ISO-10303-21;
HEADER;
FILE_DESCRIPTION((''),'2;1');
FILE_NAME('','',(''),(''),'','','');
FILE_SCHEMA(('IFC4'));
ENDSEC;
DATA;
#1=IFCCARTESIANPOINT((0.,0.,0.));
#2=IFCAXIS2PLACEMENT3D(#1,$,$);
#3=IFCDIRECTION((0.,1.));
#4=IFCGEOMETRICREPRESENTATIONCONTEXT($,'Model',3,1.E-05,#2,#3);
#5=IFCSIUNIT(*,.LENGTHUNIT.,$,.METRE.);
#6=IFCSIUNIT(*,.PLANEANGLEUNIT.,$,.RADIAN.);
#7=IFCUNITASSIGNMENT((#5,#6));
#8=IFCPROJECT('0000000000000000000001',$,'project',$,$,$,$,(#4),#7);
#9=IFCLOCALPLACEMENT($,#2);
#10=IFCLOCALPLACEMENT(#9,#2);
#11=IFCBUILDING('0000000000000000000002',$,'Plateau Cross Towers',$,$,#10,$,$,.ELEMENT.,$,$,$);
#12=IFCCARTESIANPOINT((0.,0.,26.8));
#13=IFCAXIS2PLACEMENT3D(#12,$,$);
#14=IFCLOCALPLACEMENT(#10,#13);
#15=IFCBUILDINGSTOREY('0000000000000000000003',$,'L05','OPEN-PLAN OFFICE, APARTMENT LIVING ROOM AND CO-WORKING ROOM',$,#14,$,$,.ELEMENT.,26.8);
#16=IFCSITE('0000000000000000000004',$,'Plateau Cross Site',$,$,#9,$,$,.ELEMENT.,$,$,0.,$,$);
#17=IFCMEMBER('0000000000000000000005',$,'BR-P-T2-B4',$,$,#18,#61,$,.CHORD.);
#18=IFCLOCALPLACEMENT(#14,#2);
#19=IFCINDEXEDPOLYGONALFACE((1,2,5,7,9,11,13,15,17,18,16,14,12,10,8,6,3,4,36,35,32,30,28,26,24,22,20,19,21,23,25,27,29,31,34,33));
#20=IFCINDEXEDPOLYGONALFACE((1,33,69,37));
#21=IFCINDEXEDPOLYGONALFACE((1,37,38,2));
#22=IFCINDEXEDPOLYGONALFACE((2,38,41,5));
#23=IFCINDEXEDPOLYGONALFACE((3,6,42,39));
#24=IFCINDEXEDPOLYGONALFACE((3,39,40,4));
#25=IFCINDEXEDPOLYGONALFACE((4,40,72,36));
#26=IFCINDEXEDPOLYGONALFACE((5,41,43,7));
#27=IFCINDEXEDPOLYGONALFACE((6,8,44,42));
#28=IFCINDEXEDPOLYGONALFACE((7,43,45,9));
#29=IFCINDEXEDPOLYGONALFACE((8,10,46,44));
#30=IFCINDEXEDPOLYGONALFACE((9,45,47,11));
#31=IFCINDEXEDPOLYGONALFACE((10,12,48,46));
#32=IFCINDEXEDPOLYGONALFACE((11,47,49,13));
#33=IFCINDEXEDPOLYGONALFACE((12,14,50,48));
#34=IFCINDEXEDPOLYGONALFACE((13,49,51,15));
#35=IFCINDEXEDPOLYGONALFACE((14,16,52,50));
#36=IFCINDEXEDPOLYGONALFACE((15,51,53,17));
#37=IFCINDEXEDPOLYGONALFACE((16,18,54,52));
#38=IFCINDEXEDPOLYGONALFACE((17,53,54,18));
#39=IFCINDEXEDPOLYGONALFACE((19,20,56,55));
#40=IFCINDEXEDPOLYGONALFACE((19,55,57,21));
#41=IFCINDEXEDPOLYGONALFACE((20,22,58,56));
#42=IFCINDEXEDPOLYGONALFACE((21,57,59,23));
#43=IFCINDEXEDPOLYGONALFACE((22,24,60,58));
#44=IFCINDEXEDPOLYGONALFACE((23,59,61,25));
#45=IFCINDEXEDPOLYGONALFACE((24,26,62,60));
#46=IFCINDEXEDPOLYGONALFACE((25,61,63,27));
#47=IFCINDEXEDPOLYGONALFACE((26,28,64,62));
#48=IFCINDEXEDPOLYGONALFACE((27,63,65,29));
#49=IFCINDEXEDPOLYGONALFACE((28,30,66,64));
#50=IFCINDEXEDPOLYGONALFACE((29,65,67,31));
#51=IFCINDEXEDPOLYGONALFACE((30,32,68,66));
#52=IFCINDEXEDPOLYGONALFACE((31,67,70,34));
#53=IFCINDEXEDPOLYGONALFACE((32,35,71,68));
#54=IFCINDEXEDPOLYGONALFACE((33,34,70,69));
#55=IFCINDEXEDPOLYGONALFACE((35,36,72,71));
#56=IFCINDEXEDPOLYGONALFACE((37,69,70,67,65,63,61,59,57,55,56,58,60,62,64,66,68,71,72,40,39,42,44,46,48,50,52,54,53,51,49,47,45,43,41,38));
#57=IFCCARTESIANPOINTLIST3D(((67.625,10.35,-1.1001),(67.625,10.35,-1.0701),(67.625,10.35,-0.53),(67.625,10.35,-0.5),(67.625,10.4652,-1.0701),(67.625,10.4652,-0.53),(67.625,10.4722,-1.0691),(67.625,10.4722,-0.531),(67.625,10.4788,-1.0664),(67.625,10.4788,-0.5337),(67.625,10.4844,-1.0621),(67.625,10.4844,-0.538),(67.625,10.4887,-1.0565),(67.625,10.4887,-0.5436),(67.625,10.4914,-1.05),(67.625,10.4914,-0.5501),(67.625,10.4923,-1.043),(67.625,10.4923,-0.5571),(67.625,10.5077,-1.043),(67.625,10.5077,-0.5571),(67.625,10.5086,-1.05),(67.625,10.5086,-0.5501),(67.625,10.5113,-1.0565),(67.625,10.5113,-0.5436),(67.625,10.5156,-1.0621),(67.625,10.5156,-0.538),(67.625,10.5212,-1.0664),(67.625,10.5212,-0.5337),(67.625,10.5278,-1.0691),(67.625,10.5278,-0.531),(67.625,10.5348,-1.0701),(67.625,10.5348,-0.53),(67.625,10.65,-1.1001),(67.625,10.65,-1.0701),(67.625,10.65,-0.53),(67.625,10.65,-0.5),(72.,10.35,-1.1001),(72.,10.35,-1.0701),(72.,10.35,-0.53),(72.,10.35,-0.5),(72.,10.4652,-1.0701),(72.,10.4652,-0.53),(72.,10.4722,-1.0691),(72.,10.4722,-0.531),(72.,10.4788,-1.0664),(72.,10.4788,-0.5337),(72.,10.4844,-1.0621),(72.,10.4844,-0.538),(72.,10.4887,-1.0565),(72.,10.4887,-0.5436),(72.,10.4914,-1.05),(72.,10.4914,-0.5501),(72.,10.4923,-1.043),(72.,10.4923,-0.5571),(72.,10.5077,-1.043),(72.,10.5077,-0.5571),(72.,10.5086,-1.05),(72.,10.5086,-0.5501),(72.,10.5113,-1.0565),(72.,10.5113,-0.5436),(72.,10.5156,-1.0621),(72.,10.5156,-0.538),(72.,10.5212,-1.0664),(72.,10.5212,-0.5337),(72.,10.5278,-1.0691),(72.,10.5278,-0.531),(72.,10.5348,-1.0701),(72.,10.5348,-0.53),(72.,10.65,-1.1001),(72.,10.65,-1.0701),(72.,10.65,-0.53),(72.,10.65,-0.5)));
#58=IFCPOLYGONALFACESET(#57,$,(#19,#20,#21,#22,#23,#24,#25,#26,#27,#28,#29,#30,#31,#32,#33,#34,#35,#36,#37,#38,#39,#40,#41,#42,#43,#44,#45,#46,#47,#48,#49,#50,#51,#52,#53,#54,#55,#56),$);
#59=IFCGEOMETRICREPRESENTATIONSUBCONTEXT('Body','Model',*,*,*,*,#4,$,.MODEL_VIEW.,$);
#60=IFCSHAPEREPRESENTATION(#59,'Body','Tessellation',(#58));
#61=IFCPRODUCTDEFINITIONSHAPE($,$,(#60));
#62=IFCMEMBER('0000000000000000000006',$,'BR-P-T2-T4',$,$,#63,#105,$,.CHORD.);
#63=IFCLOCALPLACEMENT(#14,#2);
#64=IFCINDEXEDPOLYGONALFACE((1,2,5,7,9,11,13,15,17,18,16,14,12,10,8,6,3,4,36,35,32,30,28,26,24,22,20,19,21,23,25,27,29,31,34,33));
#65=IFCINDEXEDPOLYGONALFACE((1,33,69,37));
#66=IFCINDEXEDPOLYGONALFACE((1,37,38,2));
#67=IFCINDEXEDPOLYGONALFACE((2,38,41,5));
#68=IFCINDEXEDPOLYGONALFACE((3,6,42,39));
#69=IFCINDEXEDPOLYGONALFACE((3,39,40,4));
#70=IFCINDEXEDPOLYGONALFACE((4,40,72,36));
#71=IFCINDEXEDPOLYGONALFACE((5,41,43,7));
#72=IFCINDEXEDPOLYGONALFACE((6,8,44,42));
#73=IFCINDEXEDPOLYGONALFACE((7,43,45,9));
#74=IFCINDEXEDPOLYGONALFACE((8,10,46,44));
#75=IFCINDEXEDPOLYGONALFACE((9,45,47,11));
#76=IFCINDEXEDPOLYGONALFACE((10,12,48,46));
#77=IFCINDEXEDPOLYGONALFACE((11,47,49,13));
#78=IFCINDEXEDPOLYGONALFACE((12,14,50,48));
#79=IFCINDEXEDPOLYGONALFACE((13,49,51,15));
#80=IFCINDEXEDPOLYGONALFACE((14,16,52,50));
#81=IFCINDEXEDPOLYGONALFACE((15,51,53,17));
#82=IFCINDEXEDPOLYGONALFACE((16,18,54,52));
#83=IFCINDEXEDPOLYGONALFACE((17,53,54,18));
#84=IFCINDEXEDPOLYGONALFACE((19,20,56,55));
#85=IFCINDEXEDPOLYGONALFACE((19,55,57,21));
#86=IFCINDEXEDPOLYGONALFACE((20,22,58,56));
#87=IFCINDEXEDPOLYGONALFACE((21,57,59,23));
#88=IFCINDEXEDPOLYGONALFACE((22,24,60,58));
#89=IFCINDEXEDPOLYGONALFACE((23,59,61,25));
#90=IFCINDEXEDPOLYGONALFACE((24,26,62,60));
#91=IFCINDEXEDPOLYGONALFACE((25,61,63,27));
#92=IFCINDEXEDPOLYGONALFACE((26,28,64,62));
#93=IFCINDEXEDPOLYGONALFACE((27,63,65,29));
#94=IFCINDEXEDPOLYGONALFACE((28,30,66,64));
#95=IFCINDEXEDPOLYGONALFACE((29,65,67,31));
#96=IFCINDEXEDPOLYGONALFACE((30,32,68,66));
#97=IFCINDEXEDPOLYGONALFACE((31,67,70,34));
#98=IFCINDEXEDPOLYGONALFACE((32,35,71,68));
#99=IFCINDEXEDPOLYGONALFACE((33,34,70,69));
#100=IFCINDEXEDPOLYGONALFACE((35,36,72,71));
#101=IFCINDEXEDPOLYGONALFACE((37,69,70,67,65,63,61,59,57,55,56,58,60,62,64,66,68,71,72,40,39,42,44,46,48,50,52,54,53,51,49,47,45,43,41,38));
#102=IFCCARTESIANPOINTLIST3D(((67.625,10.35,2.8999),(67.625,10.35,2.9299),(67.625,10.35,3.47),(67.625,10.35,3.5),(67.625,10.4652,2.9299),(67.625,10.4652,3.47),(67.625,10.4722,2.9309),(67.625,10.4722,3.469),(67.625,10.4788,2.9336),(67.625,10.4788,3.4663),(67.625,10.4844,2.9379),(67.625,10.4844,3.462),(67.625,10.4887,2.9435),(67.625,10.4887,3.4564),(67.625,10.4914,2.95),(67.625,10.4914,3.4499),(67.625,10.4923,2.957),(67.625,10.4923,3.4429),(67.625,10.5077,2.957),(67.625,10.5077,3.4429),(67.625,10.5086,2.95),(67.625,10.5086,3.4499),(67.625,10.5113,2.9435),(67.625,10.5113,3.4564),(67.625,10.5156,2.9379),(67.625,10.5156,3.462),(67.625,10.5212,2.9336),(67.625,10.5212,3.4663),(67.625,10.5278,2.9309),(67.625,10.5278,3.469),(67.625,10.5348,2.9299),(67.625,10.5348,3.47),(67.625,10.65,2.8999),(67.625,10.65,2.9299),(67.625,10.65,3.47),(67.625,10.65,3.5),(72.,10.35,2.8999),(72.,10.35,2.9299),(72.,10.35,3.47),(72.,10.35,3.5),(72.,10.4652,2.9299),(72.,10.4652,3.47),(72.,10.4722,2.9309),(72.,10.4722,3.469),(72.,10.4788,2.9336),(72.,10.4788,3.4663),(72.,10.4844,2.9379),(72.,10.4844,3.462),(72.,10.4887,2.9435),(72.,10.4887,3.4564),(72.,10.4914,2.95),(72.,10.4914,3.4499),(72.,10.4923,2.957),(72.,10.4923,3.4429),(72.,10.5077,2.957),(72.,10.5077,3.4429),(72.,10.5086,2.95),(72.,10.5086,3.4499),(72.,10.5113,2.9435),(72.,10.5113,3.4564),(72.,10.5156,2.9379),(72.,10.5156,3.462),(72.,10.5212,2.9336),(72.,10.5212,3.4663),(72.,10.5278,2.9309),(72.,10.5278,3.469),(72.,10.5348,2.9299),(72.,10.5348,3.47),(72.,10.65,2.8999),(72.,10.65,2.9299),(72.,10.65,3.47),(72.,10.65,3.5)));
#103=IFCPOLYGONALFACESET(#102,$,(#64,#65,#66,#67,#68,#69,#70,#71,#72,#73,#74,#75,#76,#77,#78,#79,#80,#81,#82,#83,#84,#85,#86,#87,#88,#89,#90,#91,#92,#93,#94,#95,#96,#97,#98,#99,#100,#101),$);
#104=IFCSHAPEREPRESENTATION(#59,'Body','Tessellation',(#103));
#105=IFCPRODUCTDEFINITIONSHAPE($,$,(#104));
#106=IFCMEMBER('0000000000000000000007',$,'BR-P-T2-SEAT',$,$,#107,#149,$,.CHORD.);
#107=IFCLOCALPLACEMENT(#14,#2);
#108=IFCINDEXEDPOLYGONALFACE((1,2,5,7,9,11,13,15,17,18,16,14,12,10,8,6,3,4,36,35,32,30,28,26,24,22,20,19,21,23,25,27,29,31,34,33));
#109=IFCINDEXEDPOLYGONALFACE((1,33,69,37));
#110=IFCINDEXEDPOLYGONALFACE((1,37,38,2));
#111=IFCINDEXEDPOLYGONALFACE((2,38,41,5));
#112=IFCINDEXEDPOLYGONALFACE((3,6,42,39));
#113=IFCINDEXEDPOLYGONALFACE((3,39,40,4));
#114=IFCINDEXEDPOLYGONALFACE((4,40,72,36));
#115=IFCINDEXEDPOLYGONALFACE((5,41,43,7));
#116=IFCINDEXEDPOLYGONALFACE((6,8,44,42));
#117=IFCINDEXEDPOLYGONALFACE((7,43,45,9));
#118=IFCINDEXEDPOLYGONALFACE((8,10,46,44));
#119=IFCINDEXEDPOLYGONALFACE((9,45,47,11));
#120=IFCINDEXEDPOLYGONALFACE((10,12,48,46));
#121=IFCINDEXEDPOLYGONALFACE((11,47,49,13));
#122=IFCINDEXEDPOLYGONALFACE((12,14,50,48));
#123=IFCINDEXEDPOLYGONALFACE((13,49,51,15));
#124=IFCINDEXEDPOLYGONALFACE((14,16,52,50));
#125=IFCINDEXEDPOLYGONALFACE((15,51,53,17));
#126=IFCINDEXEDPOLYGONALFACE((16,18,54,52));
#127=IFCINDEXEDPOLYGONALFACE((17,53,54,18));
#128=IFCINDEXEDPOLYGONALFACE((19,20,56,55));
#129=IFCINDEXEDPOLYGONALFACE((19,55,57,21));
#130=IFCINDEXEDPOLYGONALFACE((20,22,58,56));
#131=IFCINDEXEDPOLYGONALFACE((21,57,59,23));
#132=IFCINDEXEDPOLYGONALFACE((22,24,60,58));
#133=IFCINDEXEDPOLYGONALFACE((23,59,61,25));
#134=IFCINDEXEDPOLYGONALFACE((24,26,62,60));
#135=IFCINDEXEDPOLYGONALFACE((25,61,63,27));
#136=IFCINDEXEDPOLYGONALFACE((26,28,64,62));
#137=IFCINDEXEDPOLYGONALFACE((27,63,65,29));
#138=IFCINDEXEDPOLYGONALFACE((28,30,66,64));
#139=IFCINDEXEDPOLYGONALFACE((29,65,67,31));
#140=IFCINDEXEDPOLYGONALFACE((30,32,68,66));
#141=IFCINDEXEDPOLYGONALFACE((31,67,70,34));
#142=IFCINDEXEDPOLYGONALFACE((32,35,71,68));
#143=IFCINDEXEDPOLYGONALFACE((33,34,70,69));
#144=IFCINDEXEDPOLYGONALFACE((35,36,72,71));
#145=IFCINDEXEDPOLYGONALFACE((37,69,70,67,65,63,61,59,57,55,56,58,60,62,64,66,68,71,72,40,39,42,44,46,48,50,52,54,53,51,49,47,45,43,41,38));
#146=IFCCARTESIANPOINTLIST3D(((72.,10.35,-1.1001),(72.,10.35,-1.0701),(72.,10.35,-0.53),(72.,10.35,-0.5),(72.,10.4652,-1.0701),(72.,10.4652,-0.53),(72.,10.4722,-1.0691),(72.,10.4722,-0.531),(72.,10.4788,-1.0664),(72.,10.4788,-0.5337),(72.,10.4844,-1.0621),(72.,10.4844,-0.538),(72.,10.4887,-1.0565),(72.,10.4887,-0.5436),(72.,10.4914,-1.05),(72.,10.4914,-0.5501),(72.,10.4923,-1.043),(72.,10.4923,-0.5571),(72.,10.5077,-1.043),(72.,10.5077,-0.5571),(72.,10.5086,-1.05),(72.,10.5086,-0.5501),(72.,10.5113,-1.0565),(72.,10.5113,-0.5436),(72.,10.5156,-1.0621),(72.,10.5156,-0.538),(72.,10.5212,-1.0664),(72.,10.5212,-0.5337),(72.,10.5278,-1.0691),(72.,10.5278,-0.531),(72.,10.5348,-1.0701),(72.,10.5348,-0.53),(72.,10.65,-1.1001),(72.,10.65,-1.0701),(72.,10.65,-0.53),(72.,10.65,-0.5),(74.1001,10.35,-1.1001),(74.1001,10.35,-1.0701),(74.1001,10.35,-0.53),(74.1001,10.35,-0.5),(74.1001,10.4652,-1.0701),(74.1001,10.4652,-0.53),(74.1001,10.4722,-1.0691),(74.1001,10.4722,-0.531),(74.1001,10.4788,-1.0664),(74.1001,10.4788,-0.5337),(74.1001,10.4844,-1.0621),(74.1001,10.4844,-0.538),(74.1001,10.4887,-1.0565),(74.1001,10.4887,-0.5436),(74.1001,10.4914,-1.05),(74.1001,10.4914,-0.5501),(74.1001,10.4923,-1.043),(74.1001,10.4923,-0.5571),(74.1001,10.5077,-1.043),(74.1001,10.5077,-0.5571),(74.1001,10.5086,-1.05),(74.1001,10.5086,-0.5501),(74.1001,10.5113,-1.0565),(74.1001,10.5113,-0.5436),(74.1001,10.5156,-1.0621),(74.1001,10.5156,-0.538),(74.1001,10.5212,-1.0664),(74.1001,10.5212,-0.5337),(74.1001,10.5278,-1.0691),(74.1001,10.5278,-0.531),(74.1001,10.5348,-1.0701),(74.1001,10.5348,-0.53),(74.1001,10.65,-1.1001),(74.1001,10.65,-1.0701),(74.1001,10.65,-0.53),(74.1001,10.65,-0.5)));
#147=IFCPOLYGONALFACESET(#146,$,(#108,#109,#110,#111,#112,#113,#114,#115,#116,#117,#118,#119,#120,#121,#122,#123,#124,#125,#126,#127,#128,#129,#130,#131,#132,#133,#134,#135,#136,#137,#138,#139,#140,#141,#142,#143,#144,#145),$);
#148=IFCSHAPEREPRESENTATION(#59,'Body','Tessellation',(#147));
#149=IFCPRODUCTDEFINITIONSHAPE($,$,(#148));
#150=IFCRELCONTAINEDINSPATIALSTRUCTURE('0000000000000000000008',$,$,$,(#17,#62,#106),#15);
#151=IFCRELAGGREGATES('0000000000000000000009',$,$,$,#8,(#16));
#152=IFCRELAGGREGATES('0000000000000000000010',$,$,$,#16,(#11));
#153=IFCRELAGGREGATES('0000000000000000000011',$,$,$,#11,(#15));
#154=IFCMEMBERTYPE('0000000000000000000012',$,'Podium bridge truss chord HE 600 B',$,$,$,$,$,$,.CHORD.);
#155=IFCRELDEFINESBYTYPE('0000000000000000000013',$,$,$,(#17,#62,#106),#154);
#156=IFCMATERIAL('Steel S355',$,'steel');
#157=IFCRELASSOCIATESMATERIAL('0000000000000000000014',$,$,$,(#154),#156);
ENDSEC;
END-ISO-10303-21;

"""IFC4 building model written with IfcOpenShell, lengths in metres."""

from ifc_helpers import new_model, si_unit, direction, frame, origin, origin_2d, place, context, subcontext, project, spatial, i_section, extrude, material, material_profile, profile_set, type_object, element, save


model = new_model("IFC4")

# Units and contexts
model_context = context("Model", 3, precision=1e-05, world=origin(), true_north=direction((0.0, 1.0)))
body_context = subcontext(model_context, "Body", "Model", "MODEL_VIEW")
ifc_project = project(units=[si_unit("LENGTHUNIT", "METRE"), si_unit("PLANEANGLEUNIT", "RADIAN")], contexts=[model_context])

# Site, building, storey
site_placement = place(None, origin())
site = spatial("IfcSite", under=ifc_project, at=site_placement, Name="Plateau Cross Site", CompositionType="ELEMENT", RefElevation=0.0)
building_placement = place(site_placement, origin())
building = spatial("IfcBuilding", under=site, at=building_placement, Name="Plateau Cross Towers", CompositionType="ELEMENT")
storey_placement = place(building_placement, frame((0.0, 0.0, 26.8)))
storey = spatial("IfcBuildingStorey", under=building, at=storey_placement, Name="L05", Description="OPEN-PLAN OFFICE, APARTMENT LIVING ROOM AND CO-WORKING ROOM", CompositionType="ELEMENT", Elevation=26.8)

# Shared definitions
ifc_material_1 = material(Name="Steel S355", Category="steel")

# Members
ifc_material_profile_1 = material_profile(ifc_material_1, i_section(OverallWidth=0.3, OverallDepth=0.6001, WebThickness=0.0154, FlangeThickness=0.03, FilletRadius=0.0271, at=origin_2d()), Name="HE 600 B")
ifc_profile_set_1 = profile_set([ifc_material_profile_1], Name="Steel S355")
member_type_1 = type_object("IfcMemberType", Name="Podium bridge truss chord HE 600 B", PredefinedType="CHORD", material=ifc_profile_set_1)
for number, where, z_axis, x_axis, name in (
    (1, (67.625, 10.5, -0.8), (1.0, 0.0, 0.0), (0.0, 1.0, 0.0), "BR-P-T2-B4"),
    (2, (67.625, 10.5, 3.2), (1.0, 0.0, 0.0), (0.0, 1.0, 0.0), "BR-P-T2-T4"),
):
    element("IfcMember", number, at=place(storey_placement, frame(where, z_axis=z_axis, x_axis=x_axis)), inside=storey, type_object=member_type_1, Name=name, PredefinedType="CHORD", context=body_context, shape_type="SweptSolid", body=[
        extrude(i_section(OverallWidth=0.3, OverallDepth=0.6001, WebThickness=0.0154, FlangeThickness=0.03, FilletRadius=0.0271, at=origin_2d()), origin(), (0.0, 0.0, 1.0), 4.375),
    ])
member_1_placement = place(storey_placement, frame((72.0, 10.5, -0.8), z_axis=(1.0, 0.0, 0.0), x_axis=(0.0, 1.0, 0.0)))
element("IfcMember", 3, at=member_1_placement, inside=storey, type_object=member_type_1, Name="BR-P-T2-SEAT", PredefinedType="CHORD", context=body_context, shape_type="SweptSolid", body=[
    extrude(i_section(OverallWidth=0.3, OverallDepth=0.6001, WebThickness=0.0154, FlangeThickness=0.03, FilletRadius=0.0271, at=origin_2d()), origin(), (0.0, 0.0, 1.0), 2.1001),
])

save(model, "model.ifc")
